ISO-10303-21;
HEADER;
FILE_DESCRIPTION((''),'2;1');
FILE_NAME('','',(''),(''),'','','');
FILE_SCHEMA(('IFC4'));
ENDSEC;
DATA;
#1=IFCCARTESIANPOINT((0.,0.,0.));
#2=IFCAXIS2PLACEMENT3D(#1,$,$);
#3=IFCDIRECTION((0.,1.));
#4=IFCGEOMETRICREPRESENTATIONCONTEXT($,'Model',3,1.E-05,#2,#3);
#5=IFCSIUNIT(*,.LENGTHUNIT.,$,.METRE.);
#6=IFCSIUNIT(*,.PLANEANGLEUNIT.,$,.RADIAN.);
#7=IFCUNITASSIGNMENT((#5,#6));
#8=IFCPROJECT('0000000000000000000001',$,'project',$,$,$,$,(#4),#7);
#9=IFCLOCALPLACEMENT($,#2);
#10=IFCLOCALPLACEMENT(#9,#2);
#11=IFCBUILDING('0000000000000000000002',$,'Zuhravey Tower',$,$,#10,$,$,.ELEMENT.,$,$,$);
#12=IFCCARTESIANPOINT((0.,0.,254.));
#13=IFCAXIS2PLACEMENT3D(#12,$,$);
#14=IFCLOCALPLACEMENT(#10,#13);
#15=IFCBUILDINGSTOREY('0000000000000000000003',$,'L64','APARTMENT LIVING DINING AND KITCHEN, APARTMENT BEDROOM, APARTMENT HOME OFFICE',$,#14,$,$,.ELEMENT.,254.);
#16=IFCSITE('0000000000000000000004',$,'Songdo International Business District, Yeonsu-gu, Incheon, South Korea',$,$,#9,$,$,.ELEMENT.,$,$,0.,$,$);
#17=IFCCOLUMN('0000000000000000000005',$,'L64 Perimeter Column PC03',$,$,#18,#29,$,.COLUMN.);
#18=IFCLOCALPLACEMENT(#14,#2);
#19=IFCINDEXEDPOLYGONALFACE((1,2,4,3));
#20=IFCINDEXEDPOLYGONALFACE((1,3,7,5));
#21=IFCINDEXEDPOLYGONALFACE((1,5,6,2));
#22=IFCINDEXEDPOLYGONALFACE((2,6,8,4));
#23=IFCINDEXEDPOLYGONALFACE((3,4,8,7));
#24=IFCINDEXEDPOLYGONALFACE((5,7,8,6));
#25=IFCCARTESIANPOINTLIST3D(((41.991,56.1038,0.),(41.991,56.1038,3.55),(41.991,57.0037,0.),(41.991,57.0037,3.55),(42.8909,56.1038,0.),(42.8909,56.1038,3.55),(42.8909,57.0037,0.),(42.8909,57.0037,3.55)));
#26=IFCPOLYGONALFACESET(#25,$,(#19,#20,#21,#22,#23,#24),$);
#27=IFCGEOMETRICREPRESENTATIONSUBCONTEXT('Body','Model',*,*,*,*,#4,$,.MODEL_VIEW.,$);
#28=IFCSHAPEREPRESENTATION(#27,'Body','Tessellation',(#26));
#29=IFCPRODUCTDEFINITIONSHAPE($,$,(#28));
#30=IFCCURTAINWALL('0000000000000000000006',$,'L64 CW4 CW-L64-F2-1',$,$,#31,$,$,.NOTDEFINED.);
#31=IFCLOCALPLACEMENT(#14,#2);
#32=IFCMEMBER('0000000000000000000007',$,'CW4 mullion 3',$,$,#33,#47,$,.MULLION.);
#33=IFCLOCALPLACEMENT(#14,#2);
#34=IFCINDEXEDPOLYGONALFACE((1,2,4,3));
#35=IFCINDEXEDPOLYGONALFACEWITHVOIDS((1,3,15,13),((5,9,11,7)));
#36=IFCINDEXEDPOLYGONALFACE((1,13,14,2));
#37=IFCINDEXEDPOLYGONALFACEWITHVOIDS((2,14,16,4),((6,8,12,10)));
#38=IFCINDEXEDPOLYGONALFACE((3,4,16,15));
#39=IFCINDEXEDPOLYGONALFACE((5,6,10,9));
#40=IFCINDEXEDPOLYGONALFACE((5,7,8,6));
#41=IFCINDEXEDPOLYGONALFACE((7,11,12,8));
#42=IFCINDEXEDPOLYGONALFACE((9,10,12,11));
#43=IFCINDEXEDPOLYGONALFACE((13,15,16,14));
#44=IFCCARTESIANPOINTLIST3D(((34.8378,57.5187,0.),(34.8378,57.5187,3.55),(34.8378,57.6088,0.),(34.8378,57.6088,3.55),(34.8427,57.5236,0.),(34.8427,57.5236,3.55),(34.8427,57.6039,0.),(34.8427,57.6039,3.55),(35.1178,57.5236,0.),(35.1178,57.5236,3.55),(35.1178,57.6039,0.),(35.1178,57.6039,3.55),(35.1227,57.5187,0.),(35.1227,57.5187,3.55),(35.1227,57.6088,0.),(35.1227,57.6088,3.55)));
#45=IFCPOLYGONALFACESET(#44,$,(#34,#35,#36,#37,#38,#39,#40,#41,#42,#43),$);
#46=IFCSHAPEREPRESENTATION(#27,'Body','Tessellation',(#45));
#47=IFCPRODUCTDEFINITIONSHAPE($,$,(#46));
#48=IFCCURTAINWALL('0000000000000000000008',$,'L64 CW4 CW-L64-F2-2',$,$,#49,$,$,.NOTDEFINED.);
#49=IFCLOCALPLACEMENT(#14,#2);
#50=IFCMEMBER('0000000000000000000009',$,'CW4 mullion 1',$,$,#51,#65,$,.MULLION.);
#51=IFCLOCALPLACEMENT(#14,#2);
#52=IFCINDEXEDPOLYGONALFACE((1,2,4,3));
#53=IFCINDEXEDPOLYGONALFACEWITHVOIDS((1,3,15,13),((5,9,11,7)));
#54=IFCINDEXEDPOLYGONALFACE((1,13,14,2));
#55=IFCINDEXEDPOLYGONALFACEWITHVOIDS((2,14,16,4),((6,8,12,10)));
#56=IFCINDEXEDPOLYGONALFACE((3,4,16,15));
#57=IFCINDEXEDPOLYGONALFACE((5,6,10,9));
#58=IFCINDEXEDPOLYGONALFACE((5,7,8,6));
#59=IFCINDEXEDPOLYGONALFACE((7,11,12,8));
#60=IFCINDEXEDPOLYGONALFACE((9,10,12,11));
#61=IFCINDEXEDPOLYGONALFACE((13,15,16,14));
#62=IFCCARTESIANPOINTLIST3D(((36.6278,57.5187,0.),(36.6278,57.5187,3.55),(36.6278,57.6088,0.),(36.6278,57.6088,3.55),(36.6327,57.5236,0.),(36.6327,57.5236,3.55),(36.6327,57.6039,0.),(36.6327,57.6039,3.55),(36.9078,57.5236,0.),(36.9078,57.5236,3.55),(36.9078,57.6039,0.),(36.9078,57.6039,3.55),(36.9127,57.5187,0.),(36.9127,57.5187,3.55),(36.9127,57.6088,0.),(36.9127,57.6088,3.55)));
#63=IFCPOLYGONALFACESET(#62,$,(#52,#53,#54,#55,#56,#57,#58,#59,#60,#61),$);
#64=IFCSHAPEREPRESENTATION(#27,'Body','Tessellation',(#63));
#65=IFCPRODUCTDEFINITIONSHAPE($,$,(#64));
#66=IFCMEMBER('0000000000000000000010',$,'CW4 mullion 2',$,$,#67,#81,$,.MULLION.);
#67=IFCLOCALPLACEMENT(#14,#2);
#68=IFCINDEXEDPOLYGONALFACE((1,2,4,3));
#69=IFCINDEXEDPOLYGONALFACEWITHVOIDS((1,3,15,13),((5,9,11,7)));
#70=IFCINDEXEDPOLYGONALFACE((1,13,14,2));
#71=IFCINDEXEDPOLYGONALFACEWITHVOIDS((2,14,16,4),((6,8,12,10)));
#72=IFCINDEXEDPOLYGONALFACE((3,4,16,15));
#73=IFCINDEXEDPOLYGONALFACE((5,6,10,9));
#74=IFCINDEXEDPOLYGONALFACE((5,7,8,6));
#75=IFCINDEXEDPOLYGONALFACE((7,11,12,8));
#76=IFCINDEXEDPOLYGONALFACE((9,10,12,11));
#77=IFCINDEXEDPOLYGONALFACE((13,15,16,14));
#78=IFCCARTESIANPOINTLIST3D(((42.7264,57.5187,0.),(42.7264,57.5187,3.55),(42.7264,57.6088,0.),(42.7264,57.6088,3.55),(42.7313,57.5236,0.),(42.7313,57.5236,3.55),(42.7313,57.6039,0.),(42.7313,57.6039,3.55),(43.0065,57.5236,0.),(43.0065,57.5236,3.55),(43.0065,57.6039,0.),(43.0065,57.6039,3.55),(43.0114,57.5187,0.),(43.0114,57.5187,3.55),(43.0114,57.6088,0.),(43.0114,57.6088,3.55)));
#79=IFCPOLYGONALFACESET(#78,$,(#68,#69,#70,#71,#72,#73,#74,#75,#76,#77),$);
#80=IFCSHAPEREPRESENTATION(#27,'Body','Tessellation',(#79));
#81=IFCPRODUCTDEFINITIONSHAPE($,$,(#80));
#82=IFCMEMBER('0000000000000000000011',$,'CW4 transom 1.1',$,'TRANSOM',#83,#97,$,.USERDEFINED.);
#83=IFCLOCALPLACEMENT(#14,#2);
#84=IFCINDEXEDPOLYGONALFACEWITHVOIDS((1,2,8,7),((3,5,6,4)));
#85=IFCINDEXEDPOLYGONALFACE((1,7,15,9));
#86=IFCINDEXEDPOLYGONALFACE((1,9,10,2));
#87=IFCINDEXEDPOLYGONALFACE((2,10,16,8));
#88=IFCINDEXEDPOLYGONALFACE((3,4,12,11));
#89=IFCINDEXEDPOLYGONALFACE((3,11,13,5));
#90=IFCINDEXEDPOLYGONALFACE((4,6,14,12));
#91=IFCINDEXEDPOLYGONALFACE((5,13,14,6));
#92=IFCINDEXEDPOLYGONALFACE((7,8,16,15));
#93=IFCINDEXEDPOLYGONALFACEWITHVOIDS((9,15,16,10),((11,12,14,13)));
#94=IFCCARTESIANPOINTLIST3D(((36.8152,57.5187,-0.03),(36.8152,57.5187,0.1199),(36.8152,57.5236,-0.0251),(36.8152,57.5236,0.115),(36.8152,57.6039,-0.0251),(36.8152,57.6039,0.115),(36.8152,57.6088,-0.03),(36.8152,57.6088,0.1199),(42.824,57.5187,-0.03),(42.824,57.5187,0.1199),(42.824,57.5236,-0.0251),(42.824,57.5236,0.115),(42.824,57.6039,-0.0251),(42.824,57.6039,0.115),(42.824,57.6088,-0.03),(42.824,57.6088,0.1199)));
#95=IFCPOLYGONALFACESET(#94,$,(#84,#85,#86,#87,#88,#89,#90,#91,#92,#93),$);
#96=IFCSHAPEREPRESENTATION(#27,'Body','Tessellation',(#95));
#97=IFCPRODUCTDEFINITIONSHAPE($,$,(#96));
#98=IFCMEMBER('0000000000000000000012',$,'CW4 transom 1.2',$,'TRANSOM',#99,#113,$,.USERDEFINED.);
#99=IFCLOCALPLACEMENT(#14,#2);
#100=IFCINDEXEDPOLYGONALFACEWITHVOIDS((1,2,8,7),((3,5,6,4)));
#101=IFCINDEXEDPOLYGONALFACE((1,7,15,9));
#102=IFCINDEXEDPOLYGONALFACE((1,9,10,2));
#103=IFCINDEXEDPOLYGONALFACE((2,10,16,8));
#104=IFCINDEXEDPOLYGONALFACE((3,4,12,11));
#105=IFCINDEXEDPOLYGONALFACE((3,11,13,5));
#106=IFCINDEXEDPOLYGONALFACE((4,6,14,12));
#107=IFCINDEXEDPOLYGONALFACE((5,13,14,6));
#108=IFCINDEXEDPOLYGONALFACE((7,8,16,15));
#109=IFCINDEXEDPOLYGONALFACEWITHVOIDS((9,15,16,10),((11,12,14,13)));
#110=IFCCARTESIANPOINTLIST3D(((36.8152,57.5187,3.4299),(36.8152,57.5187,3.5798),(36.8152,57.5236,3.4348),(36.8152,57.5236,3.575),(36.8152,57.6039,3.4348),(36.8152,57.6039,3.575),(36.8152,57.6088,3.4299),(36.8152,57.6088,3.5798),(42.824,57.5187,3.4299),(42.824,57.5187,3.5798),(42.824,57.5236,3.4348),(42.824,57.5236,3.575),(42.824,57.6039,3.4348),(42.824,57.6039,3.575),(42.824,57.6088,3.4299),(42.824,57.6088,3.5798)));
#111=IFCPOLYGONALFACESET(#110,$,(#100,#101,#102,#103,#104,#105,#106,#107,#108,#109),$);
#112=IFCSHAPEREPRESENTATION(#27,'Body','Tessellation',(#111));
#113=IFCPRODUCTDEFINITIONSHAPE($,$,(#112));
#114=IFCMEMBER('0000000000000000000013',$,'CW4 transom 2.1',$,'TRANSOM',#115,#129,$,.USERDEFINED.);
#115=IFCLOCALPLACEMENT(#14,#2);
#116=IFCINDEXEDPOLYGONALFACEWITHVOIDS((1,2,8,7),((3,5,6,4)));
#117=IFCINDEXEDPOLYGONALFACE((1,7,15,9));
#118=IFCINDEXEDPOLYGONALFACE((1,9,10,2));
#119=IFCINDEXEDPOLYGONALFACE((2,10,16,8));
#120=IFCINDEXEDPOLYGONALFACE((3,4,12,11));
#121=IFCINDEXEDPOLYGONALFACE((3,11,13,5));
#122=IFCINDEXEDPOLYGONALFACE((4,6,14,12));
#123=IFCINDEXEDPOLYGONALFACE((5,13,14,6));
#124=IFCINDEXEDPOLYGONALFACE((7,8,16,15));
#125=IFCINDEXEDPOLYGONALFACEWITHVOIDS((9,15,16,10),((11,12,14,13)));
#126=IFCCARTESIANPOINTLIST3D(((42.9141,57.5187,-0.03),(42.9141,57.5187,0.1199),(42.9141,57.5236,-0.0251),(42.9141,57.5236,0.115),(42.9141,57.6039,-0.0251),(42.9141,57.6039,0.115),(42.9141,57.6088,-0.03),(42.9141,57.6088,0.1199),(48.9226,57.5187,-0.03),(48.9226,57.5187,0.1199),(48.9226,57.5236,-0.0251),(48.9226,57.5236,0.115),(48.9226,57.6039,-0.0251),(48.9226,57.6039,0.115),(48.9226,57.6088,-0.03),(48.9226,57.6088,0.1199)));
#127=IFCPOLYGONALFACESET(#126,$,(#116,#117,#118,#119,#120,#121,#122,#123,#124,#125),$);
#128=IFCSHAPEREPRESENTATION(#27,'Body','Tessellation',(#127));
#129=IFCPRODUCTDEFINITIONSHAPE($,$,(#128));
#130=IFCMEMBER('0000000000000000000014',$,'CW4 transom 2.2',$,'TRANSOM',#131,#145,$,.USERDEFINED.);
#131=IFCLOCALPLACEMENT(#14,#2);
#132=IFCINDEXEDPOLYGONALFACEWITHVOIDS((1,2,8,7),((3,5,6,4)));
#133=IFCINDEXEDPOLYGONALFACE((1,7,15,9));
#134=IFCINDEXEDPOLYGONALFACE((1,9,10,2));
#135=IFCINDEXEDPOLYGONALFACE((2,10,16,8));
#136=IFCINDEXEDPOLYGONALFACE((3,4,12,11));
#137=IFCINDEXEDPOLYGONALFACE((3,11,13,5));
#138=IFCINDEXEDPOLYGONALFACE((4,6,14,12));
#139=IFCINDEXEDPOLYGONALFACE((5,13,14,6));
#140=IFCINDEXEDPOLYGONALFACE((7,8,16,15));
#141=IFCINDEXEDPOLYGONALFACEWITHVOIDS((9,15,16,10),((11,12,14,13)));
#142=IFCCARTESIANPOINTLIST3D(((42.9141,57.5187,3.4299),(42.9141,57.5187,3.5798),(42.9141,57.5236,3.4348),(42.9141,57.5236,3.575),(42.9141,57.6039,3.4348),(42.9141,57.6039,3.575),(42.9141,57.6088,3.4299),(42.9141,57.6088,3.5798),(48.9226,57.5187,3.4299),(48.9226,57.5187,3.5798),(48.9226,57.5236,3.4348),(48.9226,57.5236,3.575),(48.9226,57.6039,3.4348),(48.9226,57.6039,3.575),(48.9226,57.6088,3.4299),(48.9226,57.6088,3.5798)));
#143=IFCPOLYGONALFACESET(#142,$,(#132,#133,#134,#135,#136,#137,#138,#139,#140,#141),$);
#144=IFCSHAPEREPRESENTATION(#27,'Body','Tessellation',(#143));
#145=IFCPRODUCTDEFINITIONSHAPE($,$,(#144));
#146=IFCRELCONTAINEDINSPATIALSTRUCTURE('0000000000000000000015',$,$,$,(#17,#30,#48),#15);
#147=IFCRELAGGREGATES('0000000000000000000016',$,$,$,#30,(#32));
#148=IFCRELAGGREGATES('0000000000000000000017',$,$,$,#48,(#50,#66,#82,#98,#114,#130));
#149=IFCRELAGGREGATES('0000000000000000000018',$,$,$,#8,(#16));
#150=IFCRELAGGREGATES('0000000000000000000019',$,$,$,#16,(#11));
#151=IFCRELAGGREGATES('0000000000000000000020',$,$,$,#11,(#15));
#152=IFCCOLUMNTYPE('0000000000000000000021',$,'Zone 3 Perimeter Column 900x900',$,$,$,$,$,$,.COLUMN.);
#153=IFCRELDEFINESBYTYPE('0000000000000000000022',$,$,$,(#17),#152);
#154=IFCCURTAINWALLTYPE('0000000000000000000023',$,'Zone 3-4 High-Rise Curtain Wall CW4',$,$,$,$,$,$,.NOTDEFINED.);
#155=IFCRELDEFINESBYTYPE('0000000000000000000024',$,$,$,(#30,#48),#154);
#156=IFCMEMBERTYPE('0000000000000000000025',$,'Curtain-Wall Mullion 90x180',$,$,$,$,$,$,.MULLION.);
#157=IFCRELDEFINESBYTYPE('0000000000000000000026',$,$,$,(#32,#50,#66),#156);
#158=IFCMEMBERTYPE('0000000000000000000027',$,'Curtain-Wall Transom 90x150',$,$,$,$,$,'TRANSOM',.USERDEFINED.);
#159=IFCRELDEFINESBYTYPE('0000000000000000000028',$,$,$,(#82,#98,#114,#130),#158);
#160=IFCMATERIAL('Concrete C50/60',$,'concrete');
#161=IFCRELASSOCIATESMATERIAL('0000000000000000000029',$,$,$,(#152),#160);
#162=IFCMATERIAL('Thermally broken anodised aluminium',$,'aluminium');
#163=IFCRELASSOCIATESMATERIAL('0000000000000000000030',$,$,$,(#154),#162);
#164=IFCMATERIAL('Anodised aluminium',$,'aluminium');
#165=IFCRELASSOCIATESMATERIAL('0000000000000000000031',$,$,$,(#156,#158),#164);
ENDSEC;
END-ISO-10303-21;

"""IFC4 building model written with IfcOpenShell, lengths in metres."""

from ifc_helpers import new_model, si_unit, direction, frame, origin, origin_2d, place, context, subcontext, project, spatial, rectangle, hollow_rectangle, extrude, material, material_profile, profile_set, type_object, element, aggregate, save


model = new_model("IFC4")

# Units and contexts
model_context = context("Model", 3, precision=1e-05, world=origin(), true_north=direction((0.0, 1.0)))
body_context = subcontext(model_context, "Body", "Model", "MODEL_VIEW")
ifc_project = project(units=[si_unit("LENGTHUNIT", "METRE"), si_unit("PLANEANGLEUNIT", "RADIAN")], contexts=[model_context])

# Site, building, storey
site_placement = place(None, origin())
site = spatial("IfcSite", under=ifc_project, at=site_placement, Name="Songdo International Business District, Yeonsu-gu, Incheon, South Korea", CompositionType="ELEMENT", RefElevation=0.0)
building_placement = place(site_placement, origin())
building = spatial("IfcBuilding", under=site, at=building_placement, Name="Zuhravey Tower", CompositionType="ELEMENT")
storey_placement = place(building_placement, frame((0.0, 0.0, 254.0)))
storey = spatial("IfcBuildingStorey", under=building, at=storey_placement, Name="L64", Description="APARTMENT LIVING DINING AND KITCHEN, APARTMENT BEDROOM, APARTMENT HOME OFFICE", CompositionType="ELEMENT", Elevation=254.0)

# Column
ifc_material_1 = material(Name="Concrete C50/60", Category="concrete")
ifc_material_profile_1 = material_profile(ifc_material_1, rectangle(XDim=0.8999, YDim=0.8999, at=origin_2d()), Name="RC-900x900")
ifc_profile_set_1 = profile_set([ifc_material_profile_1], Name="Concrete C50/60")
column_type = type_object("IfcColumnType", Name="Zone 3 Perimeter Column 900x900", PredefinedType="COLUMN", material=ifc_profile_set_1)
column_placement = place(storey_placement, frame((42.4409, 56.5537, 0.0), z_axis=(0.0, 0.0, 1.0), x_axis=(-1.0, 0.0, 0.0)))
element("IfcColumn", 1, at=column_placement, inside=storey, type_object=column_type, Name="L64 Perimeter Column PC03", PredefinedType="COLUMN", context=body_context, shape_type="SweptSolid", body=[
    extrude(rectangle(XDim=0.8999, YDim=0.8999, at=origin_2d()), origin(), (0.0, 0.0, 1.0), 3.55),
])

# Curtain wall, member
ifc_material_2 = material(Name="Thermally broken anodised aluminium", Category="aluminium")
curtain_wall_type = type_object("IfcCurtainWallType", Name="Zone 3-4 High-Rise Curtain Wall CW4", PredefinedType="NOTDEFINED", material=ifc_material_2)
curtain_wall_1_placement = place(storey_placement, origin())
curtain_wall_1 = element("IfcCurtainWall", 2, at=curtain_wall_1_placement, inside=storey, type_object=curtain_wall_type, Name="L64 CW4 CW-L64-F2-1", PredefinedType="NOTDEFINED")
ifc_material_3 = material(Name="Anodised aluminium", Category="aluminium")
ifc_material_profile_2 = material_profile(ifc_material_3, hollow_rectangle(XDim=0.0901, YDim=0.2849, WallThickness=0.0049, at=origin_2d()), Name="ALU-RHS-90x285x5")
ifc_profile_set_2 = profile_set([ifc_material_profile_2], Name="Anodised aluminium")
member_type_1 = type_object("IfcMemberType", Name="Curtain-Wall Mullion 90x180", PredefinedType="MULLION", material=ifc_profile_set_2)
member_1_placement = place(storey_placement, frame((34.9802, 57.5637, 0.0), z_axis=(0.0, 0.0, 1.0), x_axis=(0.0, 1.0, 0.0)))
member_1 = element("IfcMember", 3, at=member_1_placement, type_object=member_type_1, Name="CW4 mullion 3", PredefinedType="MULLION", context=body_context, shape_type="SweptSolid", body=[
    extrude(hollow_rectangle(XDim=0.0901, YDim=0.2849, WallThickness=0.0049, at=origin_2d()), origin(), (0.0, 0.0, 1.0), 3.55),
])
aggregate(curtain_wall_1, [member_1])

# Curtain wall, members
curtain_wall_2_placement = place(storey_placement, origin())
curtain_wall_2 = element("IfcCurtainWall", 4, at=curtain_wall_2_placement, inside=storey, type_object=curtain_wall_type, Name="L64 CW4 CW-L64-F2-2", PredefinedType="NOTDEFINED")
member_2_placement = place(storey_placement, frame((36.7703, 57.5637, 0.0), z_axis=(0.0, 0.0, 1.0), x_axis=(0.0, 1.0, 0.0)))
member_2 = element("IfcMember", 5, at=member_2_placement, type_object=member_type_1, Name="CW4 mullion 1", PredefinedType="MULLION", context=body_context, shape_type="SweptSolid", body=[
    extrude(hollow_rectangle(XDim=0.0901, YDim=0.2849, WallThickness=0.0049, at=origin_2d()), origin(), (0.0, 0.0, 1.0), 3.55),
])
member_3_placement = place(storey_placement, frame((42.8689, 57.5637, 0.0), z_axis=(0.0, 0.0, 1.0), x_axis=(0.0, 1.0, 0.0)))
member_3 = element("IfcMember", 6, at=member_3_placement, type_object=member_type_1, Name="CW4 mullion 2", PredefinedType="MULLION", context=body_context, shape_type="SweptSolid", body=[
    extrude(hollow_rectangle(XDim=0.0901, YDim=0.2849, WallThickness=0.0049, at=origin_2d()), origin(), (0.0, 0.0, 1.0), 3.55),
])
ifc_material_profile_3 = material_profile(ifc_material_3, hollow_rectangle(XDim=0.0901, YDim=0.1499, WallThickness=0.0049, at=origin_2d()), Name="ALU-RHS-90x150x5")
ifc_profile_set_3 = profile_set([ifc_material_profile_3], Name="Anodised aluminium")
member_type_2 = type_object("IfcMemberType", Name="Curtain-Wall Transom 90x150", ElementType="TRANSOM", PredefinedType="USERDEFINED", material=ifc_profile_set_3)
member_4_placement = place(storey_placement, frame((36.8152, 57.5637, 0.0449), z_axis=(1.0, 0.0, 0.0), x_axis=(0.0, 1.0, 0.0)))
member_4 = element("IfcMember", 7, at=member_4_placement, type_object=member_type_2, Name="CW4 transom 1.1", ObjectType="TRANSOM", PredefinedType="USERDEFINED", context=body_context, shape_type="SweptSolid", body=[
    extrude(hollow_rectangle(XDim=0.0901, YDim=0.1499, WallThickness=0.0049, at=origin_2d()), origin(), (0.0, 0.0, 1.0), 6.0088),
])
member_5_placement = place(storey_placement, frame((36.8152, 57.5637, 3.5049), z_axis=(1.0, 0.0, 0.0), x_axis=(0.0, 1.0, 0.0)))
member_5 = element("IfcMember", 8, at=member_5_placement, type_object=member_type_2, Name="CW4 transom 1.2", ObjectType="TRANSOM", PredefinedType="USERDEFINED", context=body_context, shape_type="SweptSolid", body=[
    extrude(hollow_rectangle(XDim=0.0901, YDim=0.1499, WallThickness=0.0049, at=origin_2d()), origin(), (0.0, 0.0, 1.0), 6.0088),
])
member_6_placement = place(storey_placement, frame((42.9141, 57.5637, 0.0449), z_axis=(1.0, 0.0, 0.0), x_axis=(0.0, 1.0, 0.0)))
member_6 = element("IfcMember", 9, at=member_6_placement, type_object=member_type_2, Name="CW4 transom 2.1", ObjectType="TRANSOM", PredefinedType="USERDEFINED", context=body_context, shape_type="SweptSolid", body=[
    extrude(hollow_rectangle(XDim=0.0901, YDim=0.1499, WallThickness=0.0049, at=origin_2d()), origin(), (0.0, 0.0, 1.0), 6.0085),
])
member_7_placement = place(storey_placement, frame((42.9141, 57.5637, 3.5049), z_axis=(1.0, 0.0, 0.0), x_axis=(0.0, 1.0, 0.0)))
member_7 = element("IfcMember", 10, at=member_7_placement, type_object=member_type_2, Name="CW4 transom 2.2", ObjectType="TRANSOM", PredefinedType="USERDEFINED", context=body_context, shape_type="SweptSolid", body=[
    extrude(hollow_rectangle(XDim=0.0901, YDim=0.1499, WallThickness=0.0049, at=origin_2d()), origin(), (0.0, 0.0, 1.0), 6.0085),
])

aggregate(curtain_wall_2, [member_2, member_3, member_4, member_5, member_6, member_7])

save(model, "model.ifc")
